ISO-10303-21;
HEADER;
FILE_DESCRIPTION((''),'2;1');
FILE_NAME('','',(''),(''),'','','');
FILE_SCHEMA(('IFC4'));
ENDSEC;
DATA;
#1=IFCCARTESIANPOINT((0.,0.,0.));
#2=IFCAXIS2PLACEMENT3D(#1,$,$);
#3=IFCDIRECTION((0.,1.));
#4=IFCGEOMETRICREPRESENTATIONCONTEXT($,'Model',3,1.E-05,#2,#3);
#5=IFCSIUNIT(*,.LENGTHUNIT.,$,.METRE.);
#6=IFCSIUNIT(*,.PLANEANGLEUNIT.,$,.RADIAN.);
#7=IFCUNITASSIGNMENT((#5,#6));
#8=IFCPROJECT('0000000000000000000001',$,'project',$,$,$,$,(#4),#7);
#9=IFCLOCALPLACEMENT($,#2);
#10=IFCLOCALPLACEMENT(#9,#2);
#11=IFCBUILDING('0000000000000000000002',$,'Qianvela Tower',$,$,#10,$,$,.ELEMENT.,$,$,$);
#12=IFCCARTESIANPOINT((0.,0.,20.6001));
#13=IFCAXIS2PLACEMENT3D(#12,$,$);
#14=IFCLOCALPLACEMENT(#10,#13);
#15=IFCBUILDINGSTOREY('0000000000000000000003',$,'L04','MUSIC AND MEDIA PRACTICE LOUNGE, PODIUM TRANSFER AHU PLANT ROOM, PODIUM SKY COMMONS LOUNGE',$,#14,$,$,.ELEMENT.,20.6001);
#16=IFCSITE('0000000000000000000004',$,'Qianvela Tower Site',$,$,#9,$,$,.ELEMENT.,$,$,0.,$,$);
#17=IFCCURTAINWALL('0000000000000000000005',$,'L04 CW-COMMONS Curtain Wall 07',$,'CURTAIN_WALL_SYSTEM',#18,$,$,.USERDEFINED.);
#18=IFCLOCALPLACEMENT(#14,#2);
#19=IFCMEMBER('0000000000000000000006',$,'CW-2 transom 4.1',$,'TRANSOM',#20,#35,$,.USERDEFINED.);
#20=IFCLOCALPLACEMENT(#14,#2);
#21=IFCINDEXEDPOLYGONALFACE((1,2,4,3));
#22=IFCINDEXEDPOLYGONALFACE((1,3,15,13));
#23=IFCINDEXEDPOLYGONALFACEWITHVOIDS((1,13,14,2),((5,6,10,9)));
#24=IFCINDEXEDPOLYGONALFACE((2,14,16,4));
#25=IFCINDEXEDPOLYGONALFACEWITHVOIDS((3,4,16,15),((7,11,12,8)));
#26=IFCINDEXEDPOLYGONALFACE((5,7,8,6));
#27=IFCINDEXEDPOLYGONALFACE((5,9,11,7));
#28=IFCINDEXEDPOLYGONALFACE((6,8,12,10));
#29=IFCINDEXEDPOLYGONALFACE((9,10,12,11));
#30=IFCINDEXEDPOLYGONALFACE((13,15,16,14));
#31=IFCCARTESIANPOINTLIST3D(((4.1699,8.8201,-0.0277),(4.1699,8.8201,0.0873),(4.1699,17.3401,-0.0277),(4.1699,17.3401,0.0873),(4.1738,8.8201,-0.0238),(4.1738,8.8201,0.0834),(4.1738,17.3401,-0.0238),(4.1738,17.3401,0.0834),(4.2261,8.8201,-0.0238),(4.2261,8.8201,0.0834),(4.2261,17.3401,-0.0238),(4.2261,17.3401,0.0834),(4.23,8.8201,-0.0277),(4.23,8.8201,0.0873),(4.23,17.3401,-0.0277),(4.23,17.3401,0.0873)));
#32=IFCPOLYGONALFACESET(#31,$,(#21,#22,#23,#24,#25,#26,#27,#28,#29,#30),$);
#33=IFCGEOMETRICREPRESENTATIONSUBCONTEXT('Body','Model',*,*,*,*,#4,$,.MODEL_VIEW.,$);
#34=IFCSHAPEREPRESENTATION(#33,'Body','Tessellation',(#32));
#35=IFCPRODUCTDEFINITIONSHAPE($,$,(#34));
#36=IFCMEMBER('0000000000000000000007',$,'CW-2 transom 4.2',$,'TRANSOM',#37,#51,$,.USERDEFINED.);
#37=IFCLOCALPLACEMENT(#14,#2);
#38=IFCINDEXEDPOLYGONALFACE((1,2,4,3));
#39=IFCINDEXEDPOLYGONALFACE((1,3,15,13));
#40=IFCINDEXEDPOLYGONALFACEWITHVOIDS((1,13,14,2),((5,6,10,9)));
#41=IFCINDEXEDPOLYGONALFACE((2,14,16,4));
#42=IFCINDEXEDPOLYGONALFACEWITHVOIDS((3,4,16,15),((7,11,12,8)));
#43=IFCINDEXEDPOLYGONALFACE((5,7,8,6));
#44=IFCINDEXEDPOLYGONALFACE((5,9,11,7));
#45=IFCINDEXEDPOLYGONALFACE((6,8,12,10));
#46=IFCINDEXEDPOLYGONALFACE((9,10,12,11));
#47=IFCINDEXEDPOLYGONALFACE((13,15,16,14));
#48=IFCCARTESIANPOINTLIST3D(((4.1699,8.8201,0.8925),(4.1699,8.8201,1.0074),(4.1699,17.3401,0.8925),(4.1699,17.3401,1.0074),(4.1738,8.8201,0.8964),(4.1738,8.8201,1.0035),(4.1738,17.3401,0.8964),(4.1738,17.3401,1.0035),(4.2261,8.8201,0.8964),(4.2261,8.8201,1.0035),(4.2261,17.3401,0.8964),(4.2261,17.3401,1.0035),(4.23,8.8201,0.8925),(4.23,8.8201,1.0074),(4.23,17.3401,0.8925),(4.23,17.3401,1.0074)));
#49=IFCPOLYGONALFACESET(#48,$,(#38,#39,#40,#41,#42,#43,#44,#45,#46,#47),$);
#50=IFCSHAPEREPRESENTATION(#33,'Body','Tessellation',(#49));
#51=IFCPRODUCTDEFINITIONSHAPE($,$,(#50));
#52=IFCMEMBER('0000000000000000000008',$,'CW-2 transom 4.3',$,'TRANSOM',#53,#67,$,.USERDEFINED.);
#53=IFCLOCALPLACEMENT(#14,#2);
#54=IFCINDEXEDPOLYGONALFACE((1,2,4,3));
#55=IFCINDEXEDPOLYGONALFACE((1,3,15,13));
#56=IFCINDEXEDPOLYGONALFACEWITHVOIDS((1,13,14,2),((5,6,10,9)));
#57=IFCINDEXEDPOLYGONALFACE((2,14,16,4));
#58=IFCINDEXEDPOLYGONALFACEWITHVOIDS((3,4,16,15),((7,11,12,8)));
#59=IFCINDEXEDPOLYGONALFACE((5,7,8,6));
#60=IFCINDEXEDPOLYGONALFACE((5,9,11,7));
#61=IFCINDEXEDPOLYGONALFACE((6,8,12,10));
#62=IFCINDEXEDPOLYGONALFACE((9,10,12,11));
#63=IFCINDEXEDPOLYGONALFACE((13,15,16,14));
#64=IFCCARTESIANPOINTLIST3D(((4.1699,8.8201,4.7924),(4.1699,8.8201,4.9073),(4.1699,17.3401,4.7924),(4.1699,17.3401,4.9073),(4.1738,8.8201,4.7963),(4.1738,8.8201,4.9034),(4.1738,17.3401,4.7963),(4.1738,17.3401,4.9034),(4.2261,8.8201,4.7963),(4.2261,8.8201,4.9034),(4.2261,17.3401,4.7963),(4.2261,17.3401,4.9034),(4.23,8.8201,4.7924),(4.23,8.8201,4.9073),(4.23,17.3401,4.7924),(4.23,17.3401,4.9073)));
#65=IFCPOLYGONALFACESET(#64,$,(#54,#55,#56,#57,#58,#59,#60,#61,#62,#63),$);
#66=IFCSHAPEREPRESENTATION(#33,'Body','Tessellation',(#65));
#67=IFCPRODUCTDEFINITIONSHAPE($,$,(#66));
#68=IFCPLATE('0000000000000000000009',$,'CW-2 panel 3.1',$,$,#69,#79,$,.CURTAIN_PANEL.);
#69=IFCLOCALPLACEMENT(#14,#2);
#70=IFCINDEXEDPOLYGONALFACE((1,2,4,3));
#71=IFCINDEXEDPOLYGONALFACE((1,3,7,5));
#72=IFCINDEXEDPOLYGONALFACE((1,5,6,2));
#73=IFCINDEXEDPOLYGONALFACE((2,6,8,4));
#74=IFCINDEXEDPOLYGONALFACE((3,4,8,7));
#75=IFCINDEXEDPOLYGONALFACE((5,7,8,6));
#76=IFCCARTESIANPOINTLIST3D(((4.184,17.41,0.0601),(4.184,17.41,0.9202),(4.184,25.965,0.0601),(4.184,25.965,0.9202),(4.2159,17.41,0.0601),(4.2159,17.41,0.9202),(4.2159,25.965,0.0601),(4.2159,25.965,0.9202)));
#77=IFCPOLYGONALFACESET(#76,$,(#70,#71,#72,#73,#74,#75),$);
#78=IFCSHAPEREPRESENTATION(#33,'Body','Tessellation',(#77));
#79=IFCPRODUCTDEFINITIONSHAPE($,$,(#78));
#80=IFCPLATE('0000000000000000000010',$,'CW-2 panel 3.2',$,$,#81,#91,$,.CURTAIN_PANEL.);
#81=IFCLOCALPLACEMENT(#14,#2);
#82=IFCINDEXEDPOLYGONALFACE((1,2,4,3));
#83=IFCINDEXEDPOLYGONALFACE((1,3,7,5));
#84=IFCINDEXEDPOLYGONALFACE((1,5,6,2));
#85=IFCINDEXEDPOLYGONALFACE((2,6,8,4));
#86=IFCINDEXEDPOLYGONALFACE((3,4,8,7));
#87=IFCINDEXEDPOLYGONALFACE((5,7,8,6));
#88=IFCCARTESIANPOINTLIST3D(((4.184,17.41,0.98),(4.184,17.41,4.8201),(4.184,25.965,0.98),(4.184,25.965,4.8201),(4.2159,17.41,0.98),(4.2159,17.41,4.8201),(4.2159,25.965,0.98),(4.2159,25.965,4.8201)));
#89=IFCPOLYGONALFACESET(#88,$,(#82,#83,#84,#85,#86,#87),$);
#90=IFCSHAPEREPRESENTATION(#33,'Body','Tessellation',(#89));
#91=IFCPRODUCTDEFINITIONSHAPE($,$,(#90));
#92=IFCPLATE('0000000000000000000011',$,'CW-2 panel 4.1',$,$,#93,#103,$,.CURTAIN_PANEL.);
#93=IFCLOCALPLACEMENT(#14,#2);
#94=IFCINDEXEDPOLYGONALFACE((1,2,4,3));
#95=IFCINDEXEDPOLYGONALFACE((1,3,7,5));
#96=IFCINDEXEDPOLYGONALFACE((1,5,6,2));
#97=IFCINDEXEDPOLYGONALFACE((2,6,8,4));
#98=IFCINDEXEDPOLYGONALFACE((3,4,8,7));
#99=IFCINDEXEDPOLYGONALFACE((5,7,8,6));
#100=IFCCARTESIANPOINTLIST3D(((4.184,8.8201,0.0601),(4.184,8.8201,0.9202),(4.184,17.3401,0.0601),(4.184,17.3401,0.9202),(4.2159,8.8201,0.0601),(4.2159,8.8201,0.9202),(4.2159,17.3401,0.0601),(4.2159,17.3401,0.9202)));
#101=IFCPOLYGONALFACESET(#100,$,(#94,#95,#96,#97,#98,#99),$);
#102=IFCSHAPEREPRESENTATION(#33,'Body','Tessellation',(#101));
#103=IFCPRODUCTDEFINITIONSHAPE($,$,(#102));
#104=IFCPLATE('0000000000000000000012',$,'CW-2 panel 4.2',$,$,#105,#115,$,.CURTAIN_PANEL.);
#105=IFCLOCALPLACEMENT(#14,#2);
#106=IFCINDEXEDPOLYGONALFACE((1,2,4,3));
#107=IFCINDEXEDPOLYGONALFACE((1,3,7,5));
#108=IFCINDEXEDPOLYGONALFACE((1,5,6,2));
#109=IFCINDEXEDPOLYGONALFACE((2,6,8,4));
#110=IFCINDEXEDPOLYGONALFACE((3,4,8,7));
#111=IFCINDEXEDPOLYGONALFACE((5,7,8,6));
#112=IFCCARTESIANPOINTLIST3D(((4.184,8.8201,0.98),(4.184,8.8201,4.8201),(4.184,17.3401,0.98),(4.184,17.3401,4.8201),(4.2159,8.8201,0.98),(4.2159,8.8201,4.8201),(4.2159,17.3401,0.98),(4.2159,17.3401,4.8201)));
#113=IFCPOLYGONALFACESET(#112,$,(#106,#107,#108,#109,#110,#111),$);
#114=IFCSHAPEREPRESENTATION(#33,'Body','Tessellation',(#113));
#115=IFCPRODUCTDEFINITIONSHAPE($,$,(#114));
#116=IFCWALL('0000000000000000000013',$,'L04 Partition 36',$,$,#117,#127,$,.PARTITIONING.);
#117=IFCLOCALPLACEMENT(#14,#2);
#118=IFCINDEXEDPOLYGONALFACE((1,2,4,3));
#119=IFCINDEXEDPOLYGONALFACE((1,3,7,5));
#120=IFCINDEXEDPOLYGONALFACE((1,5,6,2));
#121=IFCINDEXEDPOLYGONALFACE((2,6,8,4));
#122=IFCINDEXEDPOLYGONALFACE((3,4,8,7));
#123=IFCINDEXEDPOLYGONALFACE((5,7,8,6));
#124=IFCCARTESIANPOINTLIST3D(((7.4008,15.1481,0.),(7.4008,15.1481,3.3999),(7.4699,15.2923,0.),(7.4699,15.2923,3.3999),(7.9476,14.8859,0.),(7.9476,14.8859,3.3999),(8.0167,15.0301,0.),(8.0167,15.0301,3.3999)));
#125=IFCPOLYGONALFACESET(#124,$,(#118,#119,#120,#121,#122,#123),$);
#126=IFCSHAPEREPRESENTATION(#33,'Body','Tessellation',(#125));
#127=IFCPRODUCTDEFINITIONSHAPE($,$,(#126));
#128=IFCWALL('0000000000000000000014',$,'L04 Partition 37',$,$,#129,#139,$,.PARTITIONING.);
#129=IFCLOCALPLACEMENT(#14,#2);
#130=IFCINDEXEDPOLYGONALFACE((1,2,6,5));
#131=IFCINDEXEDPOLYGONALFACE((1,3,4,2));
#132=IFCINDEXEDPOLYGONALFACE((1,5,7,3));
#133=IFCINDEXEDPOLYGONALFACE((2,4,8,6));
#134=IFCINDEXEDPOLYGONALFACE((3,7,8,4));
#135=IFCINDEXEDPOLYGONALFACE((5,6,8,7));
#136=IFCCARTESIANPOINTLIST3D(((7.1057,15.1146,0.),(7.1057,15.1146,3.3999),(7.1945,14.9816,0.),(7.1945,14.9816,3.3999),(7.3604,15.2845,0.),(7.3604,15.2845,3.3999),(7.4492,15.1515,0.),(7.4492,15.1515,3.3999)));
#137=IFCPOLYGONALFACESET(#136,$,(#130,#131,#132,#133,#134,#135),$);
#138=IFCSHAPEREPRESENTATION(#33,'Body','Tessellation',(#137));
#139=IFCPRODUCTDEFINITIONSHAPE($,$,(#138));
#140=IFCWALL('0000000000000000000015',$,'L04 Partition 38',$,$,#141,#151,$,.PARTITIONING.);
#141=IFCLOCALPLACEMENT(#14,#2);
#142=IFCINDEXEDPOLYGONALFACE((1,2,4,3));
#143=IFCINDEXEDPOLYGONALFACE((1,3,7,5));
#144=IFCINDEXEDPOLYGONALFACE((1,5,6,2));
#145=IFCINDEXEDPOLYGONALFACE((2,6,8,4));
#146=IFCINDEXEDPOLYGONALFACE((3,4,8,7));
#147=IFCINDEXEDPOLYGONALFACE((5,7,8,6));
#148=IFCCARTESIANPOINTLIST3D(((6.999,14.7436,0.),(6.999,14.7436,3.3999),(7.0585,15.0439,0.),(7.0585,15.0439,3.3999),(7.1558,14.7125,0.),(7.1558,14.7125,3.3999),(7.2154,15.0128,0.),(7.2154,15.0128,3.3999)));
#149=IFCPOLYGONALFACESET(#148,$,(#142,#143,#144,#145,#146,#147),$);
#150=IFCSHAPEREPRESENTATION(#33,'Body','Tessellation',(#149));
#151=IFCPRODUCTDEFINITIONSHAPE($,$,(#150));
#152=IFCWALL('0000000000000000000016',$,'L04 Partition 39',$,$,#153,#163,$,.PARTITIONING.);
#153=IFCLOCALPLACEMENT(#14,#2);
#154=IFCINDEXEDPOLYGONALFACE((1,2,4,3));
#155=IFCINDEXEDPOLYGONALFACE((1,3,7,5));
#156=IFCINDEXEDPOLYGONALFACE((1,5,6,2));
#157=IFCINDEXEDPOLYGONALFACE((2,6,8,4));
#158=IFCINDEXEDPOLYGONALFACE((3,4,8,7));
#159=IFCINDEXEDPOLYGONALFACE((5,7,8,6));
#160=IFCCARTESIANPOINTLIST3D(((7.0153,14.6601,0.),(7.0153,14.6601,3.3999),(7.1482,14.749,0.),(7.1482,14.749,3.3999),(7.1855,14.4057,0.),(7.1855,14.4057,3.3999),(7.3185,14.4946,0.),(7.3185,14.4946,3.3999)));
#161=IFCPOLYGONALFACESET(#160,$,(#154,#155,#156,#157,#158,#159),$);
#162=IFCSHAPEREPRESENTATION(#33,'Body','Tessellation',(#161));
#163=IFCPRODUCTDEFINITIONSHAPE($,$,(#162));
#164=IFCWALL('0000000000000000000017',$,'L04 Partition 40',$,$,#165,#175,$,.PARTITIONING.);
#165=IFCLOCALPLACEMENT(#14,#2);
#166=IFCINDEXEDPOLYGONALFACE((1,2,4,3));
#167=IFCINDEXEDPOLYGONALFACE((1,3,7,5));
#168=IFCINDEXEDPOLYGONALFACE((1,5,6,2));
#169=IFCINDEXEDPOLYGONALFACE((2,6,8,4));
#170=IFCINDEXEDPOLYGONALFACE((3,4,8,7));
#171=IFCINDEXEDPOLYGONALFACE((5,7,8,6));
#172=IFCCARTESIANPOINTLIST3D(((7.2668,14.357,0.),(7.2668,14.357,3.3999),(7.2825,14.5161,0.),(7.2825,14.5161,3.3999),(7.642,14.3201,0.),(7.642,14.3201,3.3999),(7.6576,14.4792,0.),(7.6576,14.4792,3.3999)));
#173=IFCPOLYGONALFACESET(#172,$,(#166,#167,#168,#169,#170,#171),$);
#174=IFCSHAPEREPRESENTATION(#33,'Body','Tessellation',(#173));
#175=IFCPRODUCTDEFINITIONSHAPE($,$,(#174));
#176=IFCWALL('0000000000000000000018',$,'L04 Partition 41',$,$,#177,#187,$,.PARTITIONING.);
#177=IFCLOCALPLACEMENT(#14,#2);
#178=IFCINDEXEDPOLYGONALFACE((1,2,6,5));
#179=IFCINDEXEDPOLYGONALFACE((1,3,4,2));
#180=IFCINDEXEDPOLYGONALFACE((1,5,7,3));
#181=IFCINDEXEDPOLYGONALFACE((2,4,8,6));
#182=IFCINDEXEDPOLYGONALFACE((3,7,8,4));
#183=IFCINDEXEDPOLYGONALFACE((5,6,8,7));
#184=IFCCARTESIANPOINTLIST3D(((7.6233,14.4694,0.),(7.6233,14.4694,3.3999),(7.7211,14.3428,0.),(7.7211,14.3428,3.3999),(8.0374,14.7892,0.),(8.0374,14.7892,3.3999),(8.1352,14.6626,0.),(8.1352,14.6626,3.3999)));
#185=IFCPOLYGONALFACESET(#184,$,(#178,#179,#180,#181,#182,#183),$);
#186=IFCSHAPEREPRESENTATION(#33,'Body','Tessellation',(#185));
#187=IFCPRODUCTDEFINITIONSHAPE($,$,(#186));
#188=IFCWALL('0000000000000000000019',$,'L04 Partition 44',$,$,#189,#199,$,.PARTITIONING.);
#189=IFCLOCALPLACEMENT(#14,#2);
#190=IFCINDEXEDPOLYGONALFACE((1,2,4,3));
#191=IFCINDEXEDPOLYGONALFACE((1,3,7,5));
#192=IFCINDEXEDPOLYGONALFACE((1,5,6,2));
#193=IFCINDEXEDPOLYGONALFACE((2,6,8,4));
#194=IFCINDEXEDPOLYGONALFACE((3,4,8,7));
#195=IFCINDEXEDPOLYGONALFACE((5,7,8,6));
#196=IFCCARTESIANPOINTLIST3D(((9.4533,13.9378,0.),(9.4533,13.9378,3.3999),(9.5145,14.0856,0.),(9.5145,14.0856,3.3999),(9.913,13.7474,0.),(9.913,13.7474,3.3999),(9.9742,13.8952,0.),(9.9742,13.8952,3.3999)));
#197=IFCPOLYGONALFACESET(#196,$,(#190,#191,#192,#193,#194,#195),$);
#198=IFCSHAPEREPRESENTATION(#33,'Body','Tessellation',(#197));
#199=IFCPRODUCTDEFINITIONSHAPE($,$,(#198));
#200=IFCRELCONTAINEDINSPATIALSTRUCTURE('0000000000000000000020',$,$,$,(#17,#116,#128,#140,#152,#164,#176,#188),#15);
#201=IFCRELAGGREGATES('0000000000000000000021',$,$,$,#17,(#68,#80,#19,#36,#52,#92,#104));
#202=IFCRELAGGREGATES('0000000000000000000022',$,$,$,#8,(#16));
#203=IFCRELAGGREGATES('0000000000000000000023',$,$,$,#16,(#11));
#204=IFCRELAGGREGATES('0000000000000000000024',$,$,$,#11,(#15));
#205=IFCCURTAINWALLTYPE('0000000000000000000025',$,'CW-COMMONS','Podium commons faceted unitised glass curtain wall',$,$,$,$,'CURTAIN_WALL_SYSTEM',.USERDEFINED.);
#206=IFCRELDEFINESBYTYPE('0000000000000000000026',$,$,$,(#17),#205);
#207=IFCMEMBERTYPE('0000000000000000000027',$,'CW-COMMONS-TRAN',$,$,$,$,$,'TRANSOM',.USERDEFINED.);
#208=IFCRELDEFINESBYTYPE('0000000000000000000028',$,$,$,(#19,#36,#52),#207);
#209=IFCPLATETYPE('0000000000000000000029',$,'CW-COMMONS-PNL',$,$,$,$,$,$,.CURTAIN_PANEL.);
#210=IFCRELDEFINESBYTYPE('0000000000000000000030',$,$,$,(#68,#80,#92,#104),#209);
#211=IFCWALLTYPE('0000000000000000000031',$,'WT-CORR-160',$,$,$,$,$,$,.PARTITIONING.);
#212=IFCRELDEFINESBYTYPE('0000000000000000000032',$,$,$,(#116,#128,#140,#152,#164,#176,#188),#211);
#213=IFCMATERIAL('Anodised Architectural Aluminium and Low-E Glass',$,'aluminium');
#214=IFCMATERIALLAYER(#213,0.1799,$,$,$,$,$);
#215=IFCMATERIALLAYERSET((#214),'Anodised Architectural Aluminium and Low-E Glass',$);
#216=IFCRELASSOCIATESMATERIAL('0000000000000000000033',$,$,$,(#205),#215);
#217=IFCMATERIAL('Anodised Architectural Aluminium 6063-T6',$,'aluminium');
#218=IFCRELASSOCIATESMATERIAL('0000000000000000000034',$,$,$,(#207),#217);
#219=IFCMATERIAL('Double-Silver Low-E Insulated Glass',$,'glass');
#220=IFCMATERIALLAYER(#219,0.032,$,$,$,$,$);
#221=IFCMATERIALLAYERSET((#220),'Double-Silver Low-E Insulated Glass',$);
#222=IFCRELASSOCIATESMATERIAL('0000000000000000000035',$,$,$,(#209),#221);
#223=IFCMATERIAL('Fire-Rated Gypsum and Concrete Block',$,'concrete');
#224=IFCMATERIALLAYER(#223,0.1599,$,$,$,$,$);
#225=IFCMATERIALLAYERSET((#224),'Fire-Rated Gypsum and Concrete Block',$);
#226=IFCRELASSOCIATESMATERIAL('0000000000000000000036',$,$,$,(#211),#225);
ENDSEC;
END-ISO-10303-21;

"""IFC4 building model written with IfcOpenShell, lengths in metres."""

from ifc_helpers import new_model, si_unit, direction, frame, frame_2d, origin, origin_2d, place, context, subcontext, project, spatial, rectangle, hollow_rectangle, extrude, material, layer, layer_set, material_profile, profile_set, type_object, element, aggregate, save


model = new_model("IFC4")

# Units and contexts
model_context = context("Model", 3, precision=1e-05, world=origin(), true_north=direction((0.0, 1.0)))
body_context = subcontext(model_context, "Body", "Model", "MODEL_VIEW")
ifc_project = project(units=[si_unit("LENGTHUNIT", "METRE"), si_unit("PLANEANGLEUNIT", "RADIAN")], contexts=[model_context])

# Site, building, storey
site_placement = place(None, origin())
site = spatial("IfcSite", under=ifc_project, at=site_placement, Name="Qianvela Tower Site", CompositionType="ELEMENT", RefElevation=0.0)
building_placement = place(site_placement, origin())
building = spatial("IfcBuilding", under=site, at=building_placement, Name="Qianvela Tower", CompositionType="ELEMENT")
storey_placement = place(building_placement, frame((0.0, 0.0, 20.6001)))
storey = spatial("IfcBuildingStorey", under=building, at=storey_placement, Name="L04", Description="MUSIC AND MEDIA PRACTICE LOUNGE, PODIUM TRANSFER AHU PLANT ROOM, PODIUM SKY COMMONS LOUNGE", CompositionType="ELEMENT", Elevation=20.6001)

# Curtain wall, members, plates
ifc_material_1 = material(Name="Anodised Architectural Aluminium and Low-E Glass", Category="aluminium")
ifc_layer_1 = layer(ifc_material_1, 0.1799)
ifc_layer_set_1 = layer_set([ifc_layer_1], Name="Anodised Architectural Aluminium and Low-E Glass")
curtain_wall_type = type_object("IfcCurtainWallType", Name="CW-COMMONS", Description="Podium commons faceted unitised glass curtain wall", ElementType="CURTAIN_WALL_SYSTEM", PredefinedType="USERDEFINED", material=ifc_layer_set_1)
curtain_wall_placement = place(storey_placement, origin())
curtain_wall = element("IfcCurtainWall", 1, at=curtain_wall_placement, inside=storey, type_object=curtain_wall_type, Name="L04 CW-COMMONS Curtain Wall 07", ObjectType="CURTAIN_WALL_SYSTEM", PredefinedType="USERDEFINED")
ifc_material_2 = material(Name="Anodised Architectural Aluminium 6063-T6", Category="aluminium")
ifc_material_profile_1 = material_profile(ifc_material_2, hollow_rectangle(XDim=0.0601, YDim=0.115, WallThickness=0.0039, at=origin_2d()), Name="ALU-TRAN-60x115")
ifc_profile_set_1 = profile_set([ifc_material_profile_1], Name="Anodised Architectural Aluminium 6063-T6")
member_type_1 = type_object("IfcMemberType", Name="CW-COMMONS-TRAN", ElementType="TRANSOM", PredefinedType="USERDEFINED", material=ifc_profile_set_1)
member_1_placement = place(storey_placement, frame((4.2, 17.3401, 0.0298), z_axis=(0.0, -1.0, 0.0), x_axis=(1.0, 0.0, 0.0)))
member_1 = element("IfcMember", 2, at=member_1_placement, type_object=member_type_1, Name="CW-2 transom 4.1", ObjectType="TRANSOM", PredefinedType="USERDEFINED", context=body_context, shape_type="SweptSolid", body=[
    extrude(hollow_rectangle(XDim=0.0601, YDim=0.115, WallThickness=0.0039, at=origin_2d()), origin(), (0.0, 0.0, 1.0), 8.52),
])
member_2_placement = place(storey_placement, frame((4.2, 17.3401, 0.95), z_axis=(0.0, -1.0, 0.0), x_axis=(1.0, 0.0, 0.0)))
member_2 = element("IfcMember", 3, at=member_2_placement, type_object=member_type_1, Name="CW-2 transom 4.2", ObjectType="TRANSOM", PredefinedType="USERDEFINED", context=body_context, shape_type="SweptSolid", body=[
    extrude(hollow_rectangle(XDim=0.0601, YDim=0.115, WallThickness=0.0039, at=origin_2d()), origin(), (0.0, 0.0, 1.0), 8.52),
])
member_3_placement = place(storey_placement, frame((4.2, 17.3401, 4.8499), z_axis=(0.0, -1.0, 0.0), x_axis=(1.0, 0.0, 0.0)))
member_3 = element("IfcMember", 4, at=member_3_placement, type_object=member_type_1, Name="CW-2 transom 4.3", ObjectType="TRANSOM", PredefinedType="USERDEFINED", context=body_context, shape_type="SweptSolid", body=[
    extrude(hollow_rectangle(XDim=0.0601, YDim=0.115, WallThickness=0.0039, at=origin_2d()), origin(), (0.0, 0.0, 1.0), 8.52),
])
ifc_material_3 = material(Name="Double-Silver Low-E Insulated Glass", Category="glass")
ifc_layer_2 = layer(ifc_material_3, 0.032)
ifc_layer_set_2 = layer_set([ifc_layer_2], Name="Double-Silver Low-E Insulated Glass")
plate_type = type_object("IfcPlateType", Name="CW-COMMONS-PNL", PredefinedType="CURTAIN_PANEL", material=ifc_layer_set_2)
plate_1_placement = place(storey_placement, frame((4.2, 21.6875, 0.0601), z_axis=(0.0, 0.0, 1.0), x_axis=(0.0, -1.0, 0.0)))
plate_1 = element("IfcPlate", 5, at=plate_1_placement, type_object=plate_type, Name="CW-2 panel 3.1", PredefinedType="CURTAIN_PANEL", context=body_context, shape_type="SweptSolid", body=[
    extrude(rectangle(XDim=8.5549, YDim=0.032, at=origin_2d()), origin(), (0.0, 0.0, 1.0), 0.8601),
])
plate_2_placement = place(storey_placement, frame((4.2, 21.6875, 0.98), z_axis=(0.0, 0.0, 1.0), x_axis=(0.0, -1.0, 0.0)))
plate_2 = element("IfcPlate", 6, at=plate_2_placement, type_object=plate_type, Name="CW-2 panel 3.2", PredefinedType="CURTAIN_PANEL", context=body_context, shape_type="SweptSolid", body=[
    extrude(rectangle(XDim=8.5549, YDim=0.032, at=origin_2d()), origin(), (0.0, 0.0, 1.0), 3.8401),
])
plate_3_placement = place(storey_placement, frame((4.2, 13.0801, 0.0601), z_axis=(0.0, 0.0, 1.0), x_axis=(0.0, -1.0, 0.0)))
plate_3 = element("IfcPlate", 7, at=plate_3_placement, type_object=plate_type, Name="CW-2 panel 4.1", PredefinedType="CURTAIN_PANEL", context=body_context, shape_type="SweptSolid", body=[
    extrude(rectangle(XDim=8.52, YDim=0.032, at=origin_2d()), origin(), (0.0, 0.0, 1.0), 0.8601),
])
plate_4_placement = place(storey_placement, frame((4.2, 13.0801, 0.98), z_axis=(0.0, 0.0, 1.0), x_axis=(0.0, -1.0, 0.0)))
plate_4 = element("IfcPlate", 8, at=plate_4_placement, type_object=plate_type, Name="CW-2 panel 4.2", PredefinedType="CURTAIN_PANEL", context=body_context, shape_type="SweptSolid", body=[
    extrude(rectangle(XDim=8.52, YDim=0.032, at=origin_2d()), origin(), (0.0, 0.0, 1.0), 3.8401),
])
aggregate(curtain_wall, [plate_1, plate_2, member_1, member_2, member_3, plate_3, plate_4])

# Walls
ifc_material_4 = material(Name="Fire-Rated Gypsum and Concrete Block", Category="concrete")
ifc_layer_3 = layer(ifc_material_4, 0.1599)
ifc_layer_set_3 = layer_set([ifc_layer_3], Name="Fire-Rated Gypsum and Concrete Block")
wall_type_1 = type_object("IfcWallType", Name="WT-CORR-160", PredefinedType="PARTITIONING", material=ifc_layer_set_3)
wall_1_placement = place(storey_placement, frame((7.9822, 14.958, 0.0), z_axis=(0.0, 0.0, 1.0), x_axis=(-0.901711, 0.432338, 0.0)))
element("IfcWall", 9, at=wall_1_placement, inside=storey, type_object=wall_type_1, Name="L04 Partition 36", PredefinedType="PARTITIONING", context=body_context, shape_type="SweptSolid", body=[
    extrude(rectangle(XDim=0.6064, YDim=0.1599, at=frame_2d((0.3032, 0.0))), origin(), (0.0, 0.0, 1.0), 3.3999),
])
for number, where, z_axis, x_axis, name in (
    (10, (7.4048, 15.218, 0.0), (0.0, 0.0, 1.0), (-0.831805, -0.555068, 0.0), "L04 Partition 37"),
    (11, (7.137, 15.0283, 0.0), (0.0, 0.0, 1.0), (-0.194582, -0.980886, 0.0), "L04 Partition 38"),
    (12, (7.0818, 14.7046, 0.0), (0.0, 0.0, 1.0), (0.555988, -0.83119, 0.0), "L04 Partition 39"),
):
    element("IfcWall", number, at=place(storey_placement, frame(where, z_axis=z_axis, x_axis=x_axis)), inside=storey, type_object=wall_type_1, Name=name, PredefinedType="PARTITIONING", context=body_context, shape_type="SweptSolid", body=[
        extrude(rectangle(XDim=0.3062, YDim=0.1599, at=frame_2d((0.1531, 0.0))), origin(), (0.0, 0.0, 1.0), 3.3999),
    ])
wall_2_placement = place(storey_placement, frame((7.2747, 14.4365, 0.0), z_axis=(0.0, 0.0, 1.0), x_axis=(0.995209, -0.097773, 0.0)))
element("IfcWall", 13, at=wall_2_placement, inside=storey, type_object=wall_type_1, Name="L04 Partition 40", PredefinedType="PARTITIONING", context=body_context, shape_type="SweptSolid", body=[
    extrude(rectangle(XDim=0.377, YDim=0.1599, at=frame_2d((0.1885, 0.0))), origin(), (0.0, 0.0, 1.0), 3.3999),
])
wall_3_placement = place(storey_placement, frame((7.6721, 14.406, 0.0), z_axis=(0.0, 0.0, 1.0), x_axis=(0.791408, 0.611288, 0.0)))
element("IfcWall", 14, at=wall_3_placement, inside=storey, type_object=wall_type_1, Name="L04 Partition 41", PredefinedType="PARTITIONING", context=body_context, shape_type="SweptSolid", body=[
    extrude(rectangle(XDim=0.5232, YDim=0.1599, at=frame_2d((0.2617, 0.0))), origin(), (0.0, 0.0, 1.0), 3.3999),
])
wall_4_placement = place(storey_placement, frame((9.4839, 14.0117, 0.0), z_axis=(0.0, 0.0, 1.0), x_axis=(0.923873, -0.382698, 0.0)))
element("IfcWall", 15, at=wall_4_placement, inside=storey, type_object=wall_type_1, Name="L04 Partition 44", PredefinedType="PARTITIONING", context=body_context, shape_type="SweptSolid", body=[
    extrude(rectangle(XDim=0.4976, YDim=0.1599, at=frame_2d((0.2488, 0.0))), origin(), (0.0, 0.0, 1.0), 3.3999),
])

save(model, "model.ifc")
